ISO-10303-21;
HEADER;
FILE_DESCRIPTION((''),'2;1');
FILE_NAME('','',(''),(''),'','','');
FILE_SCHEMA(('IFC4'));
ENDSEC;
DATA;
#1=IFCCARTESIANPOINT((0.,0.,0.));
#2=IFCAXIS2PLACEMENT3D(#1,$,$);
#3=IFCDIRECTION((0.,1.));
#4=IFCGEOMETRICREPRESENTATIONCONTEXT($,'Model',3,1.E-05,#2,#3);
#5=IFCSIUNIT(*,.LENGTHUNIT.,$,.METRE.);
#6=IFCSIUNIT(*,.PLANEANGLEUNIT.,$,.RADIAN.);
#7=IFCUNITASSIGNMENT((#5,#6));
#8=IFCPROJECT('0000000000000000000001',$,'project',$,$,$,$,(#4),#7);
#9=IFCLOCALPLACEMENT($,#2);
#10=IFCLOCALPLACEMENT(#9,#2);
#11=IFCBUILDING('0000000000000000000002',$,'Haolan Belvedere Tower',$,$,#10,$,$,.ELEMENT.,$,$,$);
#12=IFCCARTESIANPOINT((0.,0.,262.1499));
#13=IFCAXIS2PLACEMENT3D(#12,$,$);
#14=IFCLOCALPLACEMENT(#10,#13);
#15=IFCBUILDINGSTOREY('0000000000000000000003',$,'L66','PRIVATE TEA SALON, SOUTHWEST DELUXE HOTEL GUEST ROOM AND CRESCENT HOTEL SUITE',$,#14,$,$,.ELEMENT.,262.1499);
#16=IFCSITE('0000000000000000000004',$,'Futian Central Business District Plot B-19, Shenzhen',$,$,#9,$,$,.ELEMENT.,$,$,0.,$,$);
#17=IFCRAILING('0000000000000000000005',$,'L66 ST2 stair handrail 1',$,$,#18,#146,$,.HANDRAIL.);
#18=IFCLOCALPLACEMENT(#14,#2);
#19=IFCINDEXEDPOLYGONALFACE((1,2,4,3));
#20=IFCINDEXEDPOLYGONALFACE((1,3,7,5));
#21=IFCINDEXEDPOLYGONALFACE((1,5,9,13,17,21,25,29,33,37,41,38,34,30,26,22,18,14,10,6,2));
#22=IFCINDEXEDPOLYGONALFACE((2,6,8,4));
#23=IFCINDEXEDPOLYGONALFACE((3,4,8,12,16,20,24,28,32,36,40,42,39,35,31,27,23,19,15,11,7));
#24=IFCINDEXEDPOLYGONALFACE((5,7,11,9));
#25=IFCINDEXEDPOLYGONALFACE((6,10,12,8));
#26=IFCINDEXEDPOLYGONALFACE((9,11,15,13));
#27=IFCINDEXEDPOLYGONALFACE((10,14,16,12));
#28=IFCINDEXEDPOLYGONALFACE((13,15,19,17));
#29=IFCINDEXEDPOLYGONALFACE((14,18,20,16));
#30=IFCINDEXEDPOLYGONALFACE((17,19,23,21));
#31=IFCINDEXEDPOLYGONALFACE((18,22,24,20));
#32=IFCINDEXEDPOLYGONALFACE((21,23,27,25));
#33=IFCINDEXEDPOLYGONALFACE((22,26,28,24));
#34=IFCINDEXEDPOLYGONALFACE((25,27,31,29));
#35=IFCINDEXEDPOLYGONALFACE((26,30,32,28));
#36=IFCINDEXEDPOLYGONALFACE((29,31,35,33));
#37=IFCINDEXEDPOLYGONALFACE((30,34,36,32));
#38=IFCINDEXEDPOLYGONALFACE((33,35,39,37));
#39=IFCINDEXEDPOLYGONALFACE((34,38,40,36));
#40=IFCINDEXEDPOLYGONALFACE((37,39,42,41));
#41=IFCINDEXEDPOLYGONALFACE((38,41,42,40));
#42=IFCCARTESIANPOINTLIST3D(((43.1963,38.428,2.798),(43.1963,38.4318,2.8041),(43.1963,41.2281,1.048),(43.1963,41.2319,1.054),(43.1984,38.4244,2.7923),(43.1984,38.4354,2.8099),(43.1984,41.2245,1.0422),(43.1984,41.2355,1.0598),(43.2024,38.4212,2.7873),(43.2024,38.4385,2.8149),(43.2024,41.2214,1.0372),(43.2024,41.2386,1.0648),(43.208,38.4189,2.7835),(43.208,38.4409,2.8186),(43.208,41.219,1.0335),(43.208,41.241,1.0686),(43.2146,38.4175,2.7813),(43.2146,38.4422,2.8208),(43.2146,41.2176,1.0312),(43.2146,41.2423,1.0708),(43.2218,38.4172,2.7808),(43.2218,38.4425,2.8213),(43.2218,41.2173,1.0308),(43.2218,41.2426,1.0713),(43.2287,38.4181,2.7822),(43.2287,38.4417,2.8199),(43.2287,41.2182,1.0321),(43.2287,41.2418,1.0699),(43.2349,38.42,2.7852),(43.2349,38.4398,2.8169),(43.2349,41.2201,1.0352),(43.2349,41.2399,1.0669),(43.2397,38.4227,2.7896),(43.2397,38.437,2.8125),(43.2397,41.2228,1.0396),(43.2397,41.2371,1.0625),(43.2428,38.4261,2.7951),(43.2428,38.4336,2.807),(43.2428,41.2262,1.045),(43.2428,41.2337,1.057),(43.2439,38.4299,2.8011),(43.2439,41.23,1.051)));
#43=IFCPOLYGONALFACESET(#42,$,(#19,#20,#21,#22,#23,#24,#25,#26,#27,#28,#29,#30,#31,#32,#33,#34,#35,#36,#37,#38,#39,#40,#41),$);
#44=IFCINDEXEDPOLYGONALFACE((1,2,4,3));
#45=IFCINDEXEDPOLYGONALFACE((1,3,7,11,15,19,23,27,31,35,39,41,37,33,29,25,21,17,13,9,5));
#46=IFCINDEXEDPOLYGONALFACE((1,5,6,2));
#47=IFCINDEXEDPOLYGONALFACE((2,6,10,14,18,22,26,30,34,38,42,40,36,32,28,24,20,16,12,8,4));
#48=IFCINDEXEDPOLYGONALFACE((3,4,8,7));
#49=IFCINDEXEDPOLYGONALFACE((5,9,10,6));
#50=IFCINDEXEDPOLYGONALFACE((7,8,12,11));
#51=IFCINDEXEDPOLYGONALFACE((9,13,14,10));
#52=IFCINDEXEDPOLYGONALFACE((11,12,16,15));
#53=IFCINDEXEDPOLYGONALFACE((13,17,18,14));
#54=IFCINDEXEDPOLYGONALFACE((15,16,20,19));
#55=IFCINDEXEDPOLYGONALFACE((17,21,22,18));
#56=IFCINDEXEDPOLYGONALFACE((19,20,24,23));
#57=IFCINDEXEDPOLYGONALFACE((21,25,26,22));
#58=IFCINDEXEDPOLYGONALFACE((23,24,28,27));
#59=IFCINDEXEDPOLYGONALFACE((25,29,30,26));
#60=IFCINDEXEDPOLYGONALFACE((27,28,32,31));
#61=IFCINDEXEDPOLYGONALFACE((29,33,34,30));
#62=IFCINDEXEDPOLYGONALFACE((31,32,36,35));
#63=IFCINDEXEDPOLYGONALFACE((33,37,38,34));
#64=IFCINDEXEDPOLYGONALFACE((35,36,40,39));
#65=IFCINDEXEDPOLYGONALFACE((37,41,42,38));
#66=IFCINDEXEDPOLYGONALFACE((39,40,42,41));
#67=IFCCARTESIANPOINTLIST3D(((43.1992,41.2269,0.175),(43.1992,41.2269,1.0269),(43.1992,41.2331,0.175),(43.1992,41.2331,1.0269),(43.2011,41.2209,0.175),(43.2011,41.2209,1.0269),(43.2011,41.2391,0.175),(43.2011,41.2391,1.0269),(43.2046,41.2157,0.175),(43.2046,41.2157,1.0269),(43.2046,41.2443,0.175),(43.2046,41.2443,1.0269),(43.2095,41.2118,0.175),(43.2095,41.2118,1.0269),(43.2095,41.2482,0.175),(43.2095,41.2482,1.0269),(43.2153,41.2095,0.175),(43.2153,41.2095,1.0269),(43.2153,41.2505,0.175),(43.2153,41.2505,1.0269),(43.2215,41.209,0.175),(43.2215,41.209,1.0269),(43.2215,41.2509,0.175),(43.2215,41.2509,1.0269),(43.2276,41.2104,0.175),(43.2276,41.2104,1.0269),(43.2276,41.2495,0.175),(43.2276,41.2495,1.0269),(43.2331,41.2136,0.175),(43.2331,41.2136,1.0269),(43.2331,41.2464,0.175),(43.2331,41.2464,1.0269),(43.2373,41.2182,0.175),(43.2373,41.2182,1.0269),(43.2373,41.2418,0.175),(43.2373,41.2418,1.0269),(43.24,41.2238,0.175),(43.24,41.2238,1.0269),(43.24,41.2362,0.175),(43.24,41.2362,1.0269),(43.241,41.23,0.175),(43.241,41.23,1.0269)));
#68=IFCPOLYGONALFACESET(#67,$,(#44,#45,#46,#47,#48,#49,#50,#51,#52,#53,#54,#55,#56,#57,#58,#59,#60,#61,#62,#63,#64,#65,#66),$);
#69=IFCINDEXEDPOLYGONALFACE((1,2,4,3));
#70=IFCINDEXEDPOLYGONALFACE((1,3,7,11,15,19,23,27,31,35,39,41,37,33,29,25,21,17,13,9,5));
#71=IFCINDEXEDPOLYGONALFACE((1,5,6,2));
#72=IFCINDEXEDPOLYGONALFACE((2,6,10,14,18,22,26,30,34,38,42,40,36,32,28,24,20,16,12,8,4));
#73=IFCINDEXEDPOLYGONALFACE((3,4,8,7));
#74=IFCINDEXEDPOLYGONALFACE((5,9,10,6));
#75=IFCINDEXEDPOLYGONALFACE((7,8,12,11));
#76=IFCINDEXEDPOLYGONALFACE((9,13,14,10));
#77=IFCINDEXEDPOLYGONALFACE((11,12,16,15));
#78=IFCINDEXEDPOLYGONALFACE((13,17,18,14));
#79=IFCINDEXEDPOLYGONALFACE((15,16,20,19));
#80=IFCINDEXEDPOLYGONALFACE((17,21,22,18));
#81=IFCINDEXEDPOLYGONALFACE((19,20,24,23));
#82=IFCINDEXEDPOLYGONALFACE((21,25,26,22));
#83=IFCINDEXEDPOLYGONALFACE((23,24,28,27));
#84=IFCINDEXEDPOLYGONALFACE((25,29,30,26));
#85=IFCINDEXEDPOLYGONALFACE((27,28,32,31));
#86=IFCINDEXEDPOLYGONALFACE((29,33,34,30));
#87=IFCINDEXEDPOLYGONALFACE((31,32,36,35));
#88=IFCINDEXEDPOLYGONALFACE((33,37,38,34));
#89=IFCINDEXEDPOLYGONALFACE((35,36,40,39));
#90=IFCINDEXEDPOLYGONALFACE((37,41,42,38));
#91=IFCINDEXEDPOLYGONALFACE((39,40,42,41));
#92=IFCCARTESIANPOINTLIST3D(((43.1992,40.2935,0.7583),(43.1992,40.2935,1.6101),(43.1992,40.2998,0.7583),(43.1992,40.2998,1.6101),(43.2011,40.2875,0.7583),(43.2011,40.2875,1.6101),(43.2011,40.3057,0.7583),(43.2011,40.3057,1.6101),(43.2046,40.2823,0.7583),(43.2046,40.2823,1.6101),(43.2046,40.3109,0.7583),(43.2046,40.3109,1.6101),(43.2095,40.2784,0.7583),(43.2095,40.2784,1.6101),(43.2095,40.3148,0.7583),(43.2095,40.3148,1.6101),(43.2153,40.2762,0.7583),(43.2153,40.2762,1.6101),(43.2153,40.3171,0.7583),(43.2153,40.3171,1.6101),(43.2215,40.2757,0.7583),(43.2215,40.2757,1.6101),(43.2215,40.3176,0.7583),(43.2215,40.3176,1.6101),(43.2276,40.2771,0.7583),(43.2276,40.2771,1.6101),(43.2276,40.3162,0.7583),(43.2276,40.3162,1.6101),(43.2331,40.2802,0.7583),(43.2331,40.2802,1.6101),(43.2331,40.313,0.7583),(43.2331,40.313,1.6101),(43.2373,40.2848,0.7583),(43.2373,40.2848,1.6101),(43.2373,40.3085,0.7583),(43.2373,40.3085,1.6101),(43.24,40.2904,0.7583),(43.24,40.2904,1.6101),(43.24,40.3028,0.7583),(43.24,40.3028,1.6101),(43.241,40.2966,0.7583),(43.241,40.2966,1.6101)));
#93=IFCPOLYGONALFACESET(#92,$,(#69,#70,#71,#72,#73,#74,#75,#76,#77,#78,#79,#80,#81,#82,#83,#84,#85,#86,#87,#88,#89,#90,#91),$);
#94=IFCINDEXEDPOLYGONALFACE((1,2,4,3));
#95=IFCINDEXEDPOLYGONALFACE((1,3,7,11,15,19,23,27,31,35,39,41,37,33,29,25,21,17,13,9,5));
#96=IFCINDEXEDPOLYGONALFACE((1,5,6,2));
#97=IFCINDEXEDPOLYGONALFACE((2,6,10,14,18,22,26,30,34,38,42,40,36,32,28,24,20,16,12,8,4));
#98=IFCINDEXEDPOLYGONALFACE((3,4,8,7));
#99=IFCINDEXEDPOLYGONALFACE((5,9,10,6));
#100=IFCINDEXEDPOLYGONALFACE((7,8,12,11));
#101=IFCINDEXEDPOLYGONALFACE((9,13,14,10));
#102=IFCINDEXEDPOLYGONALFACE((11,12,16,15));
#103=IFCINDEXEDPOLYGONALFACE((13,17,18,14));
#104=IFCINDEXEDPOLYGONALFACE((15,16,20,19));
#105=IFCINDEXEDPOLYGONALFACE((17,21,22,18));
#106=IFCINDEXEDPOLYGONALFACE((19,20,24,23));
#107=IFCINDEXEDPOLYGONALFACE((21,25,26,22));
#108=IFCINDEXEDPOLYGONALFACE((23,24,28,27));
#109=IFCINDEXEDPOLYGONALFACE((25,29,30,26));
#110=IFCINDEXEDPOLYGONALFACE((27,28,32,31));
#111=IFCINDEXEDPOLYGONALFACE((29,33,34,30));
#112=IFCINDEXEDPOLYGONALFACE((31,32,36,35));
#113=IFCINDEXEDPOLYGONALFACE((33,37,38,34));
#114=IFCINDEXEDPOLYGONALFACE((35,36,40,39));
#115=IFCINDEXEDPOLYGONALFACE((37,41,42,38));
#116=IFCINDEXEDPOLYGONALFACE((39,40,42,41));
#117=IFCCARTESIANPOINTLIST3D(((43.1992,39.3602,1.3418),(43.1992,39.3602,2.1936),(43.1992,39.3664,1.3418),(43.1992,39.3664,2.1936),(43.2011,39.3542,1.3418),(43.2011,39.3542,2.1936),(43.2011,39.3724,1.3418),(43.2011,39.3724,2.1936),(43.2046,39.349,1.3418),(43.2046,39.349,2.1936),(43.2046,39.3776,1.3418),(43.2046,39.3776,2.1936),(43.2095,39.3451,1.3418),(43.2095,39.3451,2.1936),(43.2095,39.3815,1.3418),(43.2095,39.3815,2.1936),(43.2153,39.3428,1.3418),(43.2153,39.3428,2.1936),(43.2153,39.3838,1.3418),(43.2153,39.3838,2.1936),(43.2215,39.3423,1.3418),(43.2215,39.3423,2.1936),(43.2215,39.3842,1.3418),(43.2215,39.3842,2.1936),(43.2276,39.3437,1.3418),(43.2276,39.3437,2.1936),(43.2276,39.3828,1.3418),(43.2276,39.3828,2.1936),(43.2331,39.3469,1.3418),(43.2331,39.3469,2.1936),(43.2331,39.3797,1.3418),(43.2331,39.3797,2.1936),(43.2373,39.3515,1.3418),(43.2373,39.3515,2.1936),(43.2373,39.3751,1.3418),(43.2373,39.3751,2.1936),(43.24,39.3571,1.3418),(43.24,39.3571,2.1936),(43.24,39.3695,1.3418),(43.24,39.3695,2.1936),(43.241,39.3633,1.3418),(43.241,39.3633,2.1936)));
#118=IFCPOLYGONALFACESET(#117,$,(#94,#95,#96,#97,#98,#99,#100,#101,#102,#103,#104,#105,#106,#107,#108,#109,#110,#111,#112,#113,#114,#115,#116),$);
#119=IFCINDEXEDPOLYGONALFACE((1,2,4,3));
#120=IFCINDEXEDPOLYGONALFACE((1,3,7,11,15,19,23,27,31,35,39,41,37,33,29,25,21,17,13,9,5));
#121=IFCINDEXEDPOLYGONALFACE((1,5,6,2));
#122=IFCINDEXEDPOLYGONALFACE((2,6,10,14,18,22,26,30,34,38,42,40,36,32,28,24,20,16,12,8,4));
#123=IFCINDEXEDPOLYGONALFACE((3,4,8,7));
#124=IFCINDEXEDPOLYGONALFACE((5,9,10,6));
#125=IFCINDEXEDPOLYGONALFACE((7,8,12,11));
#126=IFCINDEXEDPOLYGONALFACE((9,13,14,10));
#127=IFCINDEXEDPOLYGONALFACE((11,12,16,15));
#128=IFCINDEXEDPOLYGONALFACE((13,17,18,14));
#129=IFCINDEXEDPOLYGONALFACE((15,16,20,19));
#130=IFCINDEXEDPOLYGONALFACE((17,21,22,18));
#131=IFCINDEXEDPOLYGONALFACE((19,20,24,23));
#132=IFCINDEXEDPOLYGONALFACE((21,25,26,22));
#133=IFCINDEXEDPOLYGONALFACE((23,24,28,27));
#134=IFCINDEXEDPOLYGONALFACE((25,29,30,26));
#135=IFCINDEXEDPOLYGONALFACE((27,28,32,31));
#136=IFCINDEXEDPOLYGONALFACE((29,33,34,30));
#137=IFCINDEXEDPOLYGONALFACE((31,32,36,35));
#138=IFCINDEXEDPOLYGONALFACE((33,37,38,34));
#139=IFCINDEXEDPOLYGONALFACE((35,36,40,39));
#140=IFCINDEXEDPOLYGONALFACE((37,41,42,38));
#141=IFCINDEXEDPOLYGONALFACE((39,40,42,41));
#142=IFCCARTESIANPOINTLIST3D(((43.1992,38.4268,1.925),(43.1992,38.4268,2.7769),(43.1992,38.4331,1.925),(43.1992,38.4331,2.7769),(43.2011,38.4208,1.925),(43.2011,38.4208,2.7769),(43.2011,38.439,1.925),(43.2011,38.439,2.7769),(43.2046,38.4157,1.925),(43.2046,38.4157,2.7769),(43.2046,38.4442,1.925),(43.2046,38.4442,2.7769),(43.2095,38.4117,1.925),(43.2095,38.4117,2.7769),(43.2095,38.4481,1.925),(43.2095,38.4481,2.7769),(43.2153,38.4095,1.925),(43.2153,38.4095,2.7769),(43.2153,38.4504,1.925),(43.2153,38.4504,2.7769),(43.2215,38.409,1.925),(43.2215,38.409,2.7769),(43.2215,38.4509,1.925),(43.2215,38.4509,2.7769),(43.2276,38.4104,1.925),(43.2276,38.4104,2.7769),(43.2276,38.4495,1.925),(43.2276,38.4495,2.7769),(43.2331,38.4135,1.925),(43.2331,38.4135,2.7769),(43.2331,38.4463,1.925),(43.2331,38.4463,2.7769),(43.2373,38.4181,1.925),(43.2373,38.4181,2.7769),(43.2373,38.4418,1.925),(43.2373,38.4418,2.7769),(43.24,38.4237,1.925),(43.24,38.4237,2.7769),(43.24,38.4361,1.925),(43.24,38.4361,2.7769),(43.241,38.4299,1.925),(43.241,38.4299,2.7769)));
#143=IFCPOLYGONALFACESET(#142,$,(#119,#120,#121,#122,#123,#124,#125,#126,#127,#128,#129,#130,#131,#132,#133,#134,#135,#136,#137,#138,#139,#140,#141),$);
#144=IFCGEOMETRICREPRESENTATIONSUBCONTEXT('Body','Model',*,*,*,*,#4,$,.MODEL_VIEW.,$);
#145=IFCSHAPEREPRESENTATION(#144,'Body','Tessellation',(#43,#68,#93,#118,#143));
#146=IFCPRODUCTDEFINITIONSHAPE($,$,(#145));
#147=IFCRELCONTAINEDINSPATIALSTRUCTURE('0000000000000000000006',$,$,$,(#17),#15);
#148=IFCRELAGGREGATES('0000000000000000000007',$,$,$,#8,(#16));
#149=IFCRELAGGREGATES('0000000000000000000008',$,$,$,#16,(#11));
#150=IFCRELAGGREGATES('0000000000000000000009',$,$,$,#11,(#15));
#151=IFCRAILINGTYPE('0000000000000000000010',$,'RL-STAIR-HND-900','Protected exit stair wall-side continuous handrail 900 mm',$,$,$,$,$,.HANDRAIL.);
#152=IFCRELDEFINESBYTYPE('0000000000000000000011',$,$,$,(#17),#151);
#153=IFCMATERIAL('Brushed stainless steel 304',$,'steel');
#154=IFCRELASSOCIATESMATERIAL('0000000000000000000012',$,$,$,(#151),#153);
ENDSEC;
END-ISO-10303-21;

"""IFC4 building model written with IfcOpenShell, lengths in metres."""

from ifc_helpers import new_model, si_unit, direction, frame, origin, origin_2d, place, context, subcontext, project, spatial, circle, extrude, material, type_object, element, save


model = new_model("IFC4")

# Units and contexts
model_context = context("Model", 3, precision=1e-05, world=origin(), true_north=direction((0.0, 1.0)))
body_context = subcontext(model_context, "Body", "Model", "MODEL_VIEW")
ifc_project = project(units=[si_unit("LENGTHUNIT", "METRE"), si_unit("PLANEANGLEUNIT", "RADIAN")], contexts=[model_context])

# Site, building, storey
site_placement = place(None, origin())
site = spatial("IfcSite", under=ifc_project, at=site_placement, Name="Futian Central Business District Plot B-19, Shenzhen", CompositionType="ELEMENT", RefElevation=0.0)
building_placement = place(site_placement, origin())
building = spatial("IfcBuilding", under=site, at=building_placement, Name="Haolan Belvedere Tower", CompositionType="ELEMENT")
storey_placement = place(building_placement, frame((0.0, 0.0, 262.1499)))
storey = spatial("IfcBuildingStorey", under=building, at=storey_placement, Name="L66", Description="PRIVATE TEA SALON, SOUTHWEST DELUXE HOTEL GUEST ROOM AND CRESCENT HOTEL SUITE", CompositionType="ELEMENT", Elevation=262.1499)

# Railing
ifc_material_1 = material(Name="Brushed stainless steel 304", Category="steel")
railing_type_1 = type_object("IfcRailingType", Name="RL-STAIR-HND-900", Description="Protected exit stair wall-side continuous handrail 900 mm", PredefinedType="HANDRAIL", material=ifc_material_1)
railing_1_placement = place(storey_placement, frame((43.22, 41.23, 0.175)))
element("IfcRailing", 1, at=railing_1_placement, inside=storey, type_object=railing_type_1, Name="L66 ST2 stair handrail 1", PredefinedType="HANDRAIL", context=body_context, shape_type="SweptSolid", body=[
    extrude(circle(Radius=0.0239, at=origin_2d()), frame((0.0, 0.0, 0.876), z_axis=(0.0, -0.848002, 0.529992), x_axis=(1.0, 0.0, 0.0)), (0.0, 0.0, 1.0), 3.302),
    extrude(circle(Radius=0.021, at=origin_2d()), origin(), (0.0, 0.0, 1.0), 0.8518),
    extrude(circle(Radius=0.021, at=origin_2d()), frame((0.0, -0.9333, 0.5833)), (0.0, 0.0, 1.0), 0.8518),
    extrude(circle(Radius=0.021, at=origin_2d()), frame((0.0, -1.8667, 1.1667)), (0.0, 0.0, 1.0), 0.8518),
    extrude(circle(Radius=0.021, at=origin_2d()), frame((0.0, -2.8, 1.75)), (0.0, 0.0, 1.0), 0.8518),
])

save(model, "model.ifc")
